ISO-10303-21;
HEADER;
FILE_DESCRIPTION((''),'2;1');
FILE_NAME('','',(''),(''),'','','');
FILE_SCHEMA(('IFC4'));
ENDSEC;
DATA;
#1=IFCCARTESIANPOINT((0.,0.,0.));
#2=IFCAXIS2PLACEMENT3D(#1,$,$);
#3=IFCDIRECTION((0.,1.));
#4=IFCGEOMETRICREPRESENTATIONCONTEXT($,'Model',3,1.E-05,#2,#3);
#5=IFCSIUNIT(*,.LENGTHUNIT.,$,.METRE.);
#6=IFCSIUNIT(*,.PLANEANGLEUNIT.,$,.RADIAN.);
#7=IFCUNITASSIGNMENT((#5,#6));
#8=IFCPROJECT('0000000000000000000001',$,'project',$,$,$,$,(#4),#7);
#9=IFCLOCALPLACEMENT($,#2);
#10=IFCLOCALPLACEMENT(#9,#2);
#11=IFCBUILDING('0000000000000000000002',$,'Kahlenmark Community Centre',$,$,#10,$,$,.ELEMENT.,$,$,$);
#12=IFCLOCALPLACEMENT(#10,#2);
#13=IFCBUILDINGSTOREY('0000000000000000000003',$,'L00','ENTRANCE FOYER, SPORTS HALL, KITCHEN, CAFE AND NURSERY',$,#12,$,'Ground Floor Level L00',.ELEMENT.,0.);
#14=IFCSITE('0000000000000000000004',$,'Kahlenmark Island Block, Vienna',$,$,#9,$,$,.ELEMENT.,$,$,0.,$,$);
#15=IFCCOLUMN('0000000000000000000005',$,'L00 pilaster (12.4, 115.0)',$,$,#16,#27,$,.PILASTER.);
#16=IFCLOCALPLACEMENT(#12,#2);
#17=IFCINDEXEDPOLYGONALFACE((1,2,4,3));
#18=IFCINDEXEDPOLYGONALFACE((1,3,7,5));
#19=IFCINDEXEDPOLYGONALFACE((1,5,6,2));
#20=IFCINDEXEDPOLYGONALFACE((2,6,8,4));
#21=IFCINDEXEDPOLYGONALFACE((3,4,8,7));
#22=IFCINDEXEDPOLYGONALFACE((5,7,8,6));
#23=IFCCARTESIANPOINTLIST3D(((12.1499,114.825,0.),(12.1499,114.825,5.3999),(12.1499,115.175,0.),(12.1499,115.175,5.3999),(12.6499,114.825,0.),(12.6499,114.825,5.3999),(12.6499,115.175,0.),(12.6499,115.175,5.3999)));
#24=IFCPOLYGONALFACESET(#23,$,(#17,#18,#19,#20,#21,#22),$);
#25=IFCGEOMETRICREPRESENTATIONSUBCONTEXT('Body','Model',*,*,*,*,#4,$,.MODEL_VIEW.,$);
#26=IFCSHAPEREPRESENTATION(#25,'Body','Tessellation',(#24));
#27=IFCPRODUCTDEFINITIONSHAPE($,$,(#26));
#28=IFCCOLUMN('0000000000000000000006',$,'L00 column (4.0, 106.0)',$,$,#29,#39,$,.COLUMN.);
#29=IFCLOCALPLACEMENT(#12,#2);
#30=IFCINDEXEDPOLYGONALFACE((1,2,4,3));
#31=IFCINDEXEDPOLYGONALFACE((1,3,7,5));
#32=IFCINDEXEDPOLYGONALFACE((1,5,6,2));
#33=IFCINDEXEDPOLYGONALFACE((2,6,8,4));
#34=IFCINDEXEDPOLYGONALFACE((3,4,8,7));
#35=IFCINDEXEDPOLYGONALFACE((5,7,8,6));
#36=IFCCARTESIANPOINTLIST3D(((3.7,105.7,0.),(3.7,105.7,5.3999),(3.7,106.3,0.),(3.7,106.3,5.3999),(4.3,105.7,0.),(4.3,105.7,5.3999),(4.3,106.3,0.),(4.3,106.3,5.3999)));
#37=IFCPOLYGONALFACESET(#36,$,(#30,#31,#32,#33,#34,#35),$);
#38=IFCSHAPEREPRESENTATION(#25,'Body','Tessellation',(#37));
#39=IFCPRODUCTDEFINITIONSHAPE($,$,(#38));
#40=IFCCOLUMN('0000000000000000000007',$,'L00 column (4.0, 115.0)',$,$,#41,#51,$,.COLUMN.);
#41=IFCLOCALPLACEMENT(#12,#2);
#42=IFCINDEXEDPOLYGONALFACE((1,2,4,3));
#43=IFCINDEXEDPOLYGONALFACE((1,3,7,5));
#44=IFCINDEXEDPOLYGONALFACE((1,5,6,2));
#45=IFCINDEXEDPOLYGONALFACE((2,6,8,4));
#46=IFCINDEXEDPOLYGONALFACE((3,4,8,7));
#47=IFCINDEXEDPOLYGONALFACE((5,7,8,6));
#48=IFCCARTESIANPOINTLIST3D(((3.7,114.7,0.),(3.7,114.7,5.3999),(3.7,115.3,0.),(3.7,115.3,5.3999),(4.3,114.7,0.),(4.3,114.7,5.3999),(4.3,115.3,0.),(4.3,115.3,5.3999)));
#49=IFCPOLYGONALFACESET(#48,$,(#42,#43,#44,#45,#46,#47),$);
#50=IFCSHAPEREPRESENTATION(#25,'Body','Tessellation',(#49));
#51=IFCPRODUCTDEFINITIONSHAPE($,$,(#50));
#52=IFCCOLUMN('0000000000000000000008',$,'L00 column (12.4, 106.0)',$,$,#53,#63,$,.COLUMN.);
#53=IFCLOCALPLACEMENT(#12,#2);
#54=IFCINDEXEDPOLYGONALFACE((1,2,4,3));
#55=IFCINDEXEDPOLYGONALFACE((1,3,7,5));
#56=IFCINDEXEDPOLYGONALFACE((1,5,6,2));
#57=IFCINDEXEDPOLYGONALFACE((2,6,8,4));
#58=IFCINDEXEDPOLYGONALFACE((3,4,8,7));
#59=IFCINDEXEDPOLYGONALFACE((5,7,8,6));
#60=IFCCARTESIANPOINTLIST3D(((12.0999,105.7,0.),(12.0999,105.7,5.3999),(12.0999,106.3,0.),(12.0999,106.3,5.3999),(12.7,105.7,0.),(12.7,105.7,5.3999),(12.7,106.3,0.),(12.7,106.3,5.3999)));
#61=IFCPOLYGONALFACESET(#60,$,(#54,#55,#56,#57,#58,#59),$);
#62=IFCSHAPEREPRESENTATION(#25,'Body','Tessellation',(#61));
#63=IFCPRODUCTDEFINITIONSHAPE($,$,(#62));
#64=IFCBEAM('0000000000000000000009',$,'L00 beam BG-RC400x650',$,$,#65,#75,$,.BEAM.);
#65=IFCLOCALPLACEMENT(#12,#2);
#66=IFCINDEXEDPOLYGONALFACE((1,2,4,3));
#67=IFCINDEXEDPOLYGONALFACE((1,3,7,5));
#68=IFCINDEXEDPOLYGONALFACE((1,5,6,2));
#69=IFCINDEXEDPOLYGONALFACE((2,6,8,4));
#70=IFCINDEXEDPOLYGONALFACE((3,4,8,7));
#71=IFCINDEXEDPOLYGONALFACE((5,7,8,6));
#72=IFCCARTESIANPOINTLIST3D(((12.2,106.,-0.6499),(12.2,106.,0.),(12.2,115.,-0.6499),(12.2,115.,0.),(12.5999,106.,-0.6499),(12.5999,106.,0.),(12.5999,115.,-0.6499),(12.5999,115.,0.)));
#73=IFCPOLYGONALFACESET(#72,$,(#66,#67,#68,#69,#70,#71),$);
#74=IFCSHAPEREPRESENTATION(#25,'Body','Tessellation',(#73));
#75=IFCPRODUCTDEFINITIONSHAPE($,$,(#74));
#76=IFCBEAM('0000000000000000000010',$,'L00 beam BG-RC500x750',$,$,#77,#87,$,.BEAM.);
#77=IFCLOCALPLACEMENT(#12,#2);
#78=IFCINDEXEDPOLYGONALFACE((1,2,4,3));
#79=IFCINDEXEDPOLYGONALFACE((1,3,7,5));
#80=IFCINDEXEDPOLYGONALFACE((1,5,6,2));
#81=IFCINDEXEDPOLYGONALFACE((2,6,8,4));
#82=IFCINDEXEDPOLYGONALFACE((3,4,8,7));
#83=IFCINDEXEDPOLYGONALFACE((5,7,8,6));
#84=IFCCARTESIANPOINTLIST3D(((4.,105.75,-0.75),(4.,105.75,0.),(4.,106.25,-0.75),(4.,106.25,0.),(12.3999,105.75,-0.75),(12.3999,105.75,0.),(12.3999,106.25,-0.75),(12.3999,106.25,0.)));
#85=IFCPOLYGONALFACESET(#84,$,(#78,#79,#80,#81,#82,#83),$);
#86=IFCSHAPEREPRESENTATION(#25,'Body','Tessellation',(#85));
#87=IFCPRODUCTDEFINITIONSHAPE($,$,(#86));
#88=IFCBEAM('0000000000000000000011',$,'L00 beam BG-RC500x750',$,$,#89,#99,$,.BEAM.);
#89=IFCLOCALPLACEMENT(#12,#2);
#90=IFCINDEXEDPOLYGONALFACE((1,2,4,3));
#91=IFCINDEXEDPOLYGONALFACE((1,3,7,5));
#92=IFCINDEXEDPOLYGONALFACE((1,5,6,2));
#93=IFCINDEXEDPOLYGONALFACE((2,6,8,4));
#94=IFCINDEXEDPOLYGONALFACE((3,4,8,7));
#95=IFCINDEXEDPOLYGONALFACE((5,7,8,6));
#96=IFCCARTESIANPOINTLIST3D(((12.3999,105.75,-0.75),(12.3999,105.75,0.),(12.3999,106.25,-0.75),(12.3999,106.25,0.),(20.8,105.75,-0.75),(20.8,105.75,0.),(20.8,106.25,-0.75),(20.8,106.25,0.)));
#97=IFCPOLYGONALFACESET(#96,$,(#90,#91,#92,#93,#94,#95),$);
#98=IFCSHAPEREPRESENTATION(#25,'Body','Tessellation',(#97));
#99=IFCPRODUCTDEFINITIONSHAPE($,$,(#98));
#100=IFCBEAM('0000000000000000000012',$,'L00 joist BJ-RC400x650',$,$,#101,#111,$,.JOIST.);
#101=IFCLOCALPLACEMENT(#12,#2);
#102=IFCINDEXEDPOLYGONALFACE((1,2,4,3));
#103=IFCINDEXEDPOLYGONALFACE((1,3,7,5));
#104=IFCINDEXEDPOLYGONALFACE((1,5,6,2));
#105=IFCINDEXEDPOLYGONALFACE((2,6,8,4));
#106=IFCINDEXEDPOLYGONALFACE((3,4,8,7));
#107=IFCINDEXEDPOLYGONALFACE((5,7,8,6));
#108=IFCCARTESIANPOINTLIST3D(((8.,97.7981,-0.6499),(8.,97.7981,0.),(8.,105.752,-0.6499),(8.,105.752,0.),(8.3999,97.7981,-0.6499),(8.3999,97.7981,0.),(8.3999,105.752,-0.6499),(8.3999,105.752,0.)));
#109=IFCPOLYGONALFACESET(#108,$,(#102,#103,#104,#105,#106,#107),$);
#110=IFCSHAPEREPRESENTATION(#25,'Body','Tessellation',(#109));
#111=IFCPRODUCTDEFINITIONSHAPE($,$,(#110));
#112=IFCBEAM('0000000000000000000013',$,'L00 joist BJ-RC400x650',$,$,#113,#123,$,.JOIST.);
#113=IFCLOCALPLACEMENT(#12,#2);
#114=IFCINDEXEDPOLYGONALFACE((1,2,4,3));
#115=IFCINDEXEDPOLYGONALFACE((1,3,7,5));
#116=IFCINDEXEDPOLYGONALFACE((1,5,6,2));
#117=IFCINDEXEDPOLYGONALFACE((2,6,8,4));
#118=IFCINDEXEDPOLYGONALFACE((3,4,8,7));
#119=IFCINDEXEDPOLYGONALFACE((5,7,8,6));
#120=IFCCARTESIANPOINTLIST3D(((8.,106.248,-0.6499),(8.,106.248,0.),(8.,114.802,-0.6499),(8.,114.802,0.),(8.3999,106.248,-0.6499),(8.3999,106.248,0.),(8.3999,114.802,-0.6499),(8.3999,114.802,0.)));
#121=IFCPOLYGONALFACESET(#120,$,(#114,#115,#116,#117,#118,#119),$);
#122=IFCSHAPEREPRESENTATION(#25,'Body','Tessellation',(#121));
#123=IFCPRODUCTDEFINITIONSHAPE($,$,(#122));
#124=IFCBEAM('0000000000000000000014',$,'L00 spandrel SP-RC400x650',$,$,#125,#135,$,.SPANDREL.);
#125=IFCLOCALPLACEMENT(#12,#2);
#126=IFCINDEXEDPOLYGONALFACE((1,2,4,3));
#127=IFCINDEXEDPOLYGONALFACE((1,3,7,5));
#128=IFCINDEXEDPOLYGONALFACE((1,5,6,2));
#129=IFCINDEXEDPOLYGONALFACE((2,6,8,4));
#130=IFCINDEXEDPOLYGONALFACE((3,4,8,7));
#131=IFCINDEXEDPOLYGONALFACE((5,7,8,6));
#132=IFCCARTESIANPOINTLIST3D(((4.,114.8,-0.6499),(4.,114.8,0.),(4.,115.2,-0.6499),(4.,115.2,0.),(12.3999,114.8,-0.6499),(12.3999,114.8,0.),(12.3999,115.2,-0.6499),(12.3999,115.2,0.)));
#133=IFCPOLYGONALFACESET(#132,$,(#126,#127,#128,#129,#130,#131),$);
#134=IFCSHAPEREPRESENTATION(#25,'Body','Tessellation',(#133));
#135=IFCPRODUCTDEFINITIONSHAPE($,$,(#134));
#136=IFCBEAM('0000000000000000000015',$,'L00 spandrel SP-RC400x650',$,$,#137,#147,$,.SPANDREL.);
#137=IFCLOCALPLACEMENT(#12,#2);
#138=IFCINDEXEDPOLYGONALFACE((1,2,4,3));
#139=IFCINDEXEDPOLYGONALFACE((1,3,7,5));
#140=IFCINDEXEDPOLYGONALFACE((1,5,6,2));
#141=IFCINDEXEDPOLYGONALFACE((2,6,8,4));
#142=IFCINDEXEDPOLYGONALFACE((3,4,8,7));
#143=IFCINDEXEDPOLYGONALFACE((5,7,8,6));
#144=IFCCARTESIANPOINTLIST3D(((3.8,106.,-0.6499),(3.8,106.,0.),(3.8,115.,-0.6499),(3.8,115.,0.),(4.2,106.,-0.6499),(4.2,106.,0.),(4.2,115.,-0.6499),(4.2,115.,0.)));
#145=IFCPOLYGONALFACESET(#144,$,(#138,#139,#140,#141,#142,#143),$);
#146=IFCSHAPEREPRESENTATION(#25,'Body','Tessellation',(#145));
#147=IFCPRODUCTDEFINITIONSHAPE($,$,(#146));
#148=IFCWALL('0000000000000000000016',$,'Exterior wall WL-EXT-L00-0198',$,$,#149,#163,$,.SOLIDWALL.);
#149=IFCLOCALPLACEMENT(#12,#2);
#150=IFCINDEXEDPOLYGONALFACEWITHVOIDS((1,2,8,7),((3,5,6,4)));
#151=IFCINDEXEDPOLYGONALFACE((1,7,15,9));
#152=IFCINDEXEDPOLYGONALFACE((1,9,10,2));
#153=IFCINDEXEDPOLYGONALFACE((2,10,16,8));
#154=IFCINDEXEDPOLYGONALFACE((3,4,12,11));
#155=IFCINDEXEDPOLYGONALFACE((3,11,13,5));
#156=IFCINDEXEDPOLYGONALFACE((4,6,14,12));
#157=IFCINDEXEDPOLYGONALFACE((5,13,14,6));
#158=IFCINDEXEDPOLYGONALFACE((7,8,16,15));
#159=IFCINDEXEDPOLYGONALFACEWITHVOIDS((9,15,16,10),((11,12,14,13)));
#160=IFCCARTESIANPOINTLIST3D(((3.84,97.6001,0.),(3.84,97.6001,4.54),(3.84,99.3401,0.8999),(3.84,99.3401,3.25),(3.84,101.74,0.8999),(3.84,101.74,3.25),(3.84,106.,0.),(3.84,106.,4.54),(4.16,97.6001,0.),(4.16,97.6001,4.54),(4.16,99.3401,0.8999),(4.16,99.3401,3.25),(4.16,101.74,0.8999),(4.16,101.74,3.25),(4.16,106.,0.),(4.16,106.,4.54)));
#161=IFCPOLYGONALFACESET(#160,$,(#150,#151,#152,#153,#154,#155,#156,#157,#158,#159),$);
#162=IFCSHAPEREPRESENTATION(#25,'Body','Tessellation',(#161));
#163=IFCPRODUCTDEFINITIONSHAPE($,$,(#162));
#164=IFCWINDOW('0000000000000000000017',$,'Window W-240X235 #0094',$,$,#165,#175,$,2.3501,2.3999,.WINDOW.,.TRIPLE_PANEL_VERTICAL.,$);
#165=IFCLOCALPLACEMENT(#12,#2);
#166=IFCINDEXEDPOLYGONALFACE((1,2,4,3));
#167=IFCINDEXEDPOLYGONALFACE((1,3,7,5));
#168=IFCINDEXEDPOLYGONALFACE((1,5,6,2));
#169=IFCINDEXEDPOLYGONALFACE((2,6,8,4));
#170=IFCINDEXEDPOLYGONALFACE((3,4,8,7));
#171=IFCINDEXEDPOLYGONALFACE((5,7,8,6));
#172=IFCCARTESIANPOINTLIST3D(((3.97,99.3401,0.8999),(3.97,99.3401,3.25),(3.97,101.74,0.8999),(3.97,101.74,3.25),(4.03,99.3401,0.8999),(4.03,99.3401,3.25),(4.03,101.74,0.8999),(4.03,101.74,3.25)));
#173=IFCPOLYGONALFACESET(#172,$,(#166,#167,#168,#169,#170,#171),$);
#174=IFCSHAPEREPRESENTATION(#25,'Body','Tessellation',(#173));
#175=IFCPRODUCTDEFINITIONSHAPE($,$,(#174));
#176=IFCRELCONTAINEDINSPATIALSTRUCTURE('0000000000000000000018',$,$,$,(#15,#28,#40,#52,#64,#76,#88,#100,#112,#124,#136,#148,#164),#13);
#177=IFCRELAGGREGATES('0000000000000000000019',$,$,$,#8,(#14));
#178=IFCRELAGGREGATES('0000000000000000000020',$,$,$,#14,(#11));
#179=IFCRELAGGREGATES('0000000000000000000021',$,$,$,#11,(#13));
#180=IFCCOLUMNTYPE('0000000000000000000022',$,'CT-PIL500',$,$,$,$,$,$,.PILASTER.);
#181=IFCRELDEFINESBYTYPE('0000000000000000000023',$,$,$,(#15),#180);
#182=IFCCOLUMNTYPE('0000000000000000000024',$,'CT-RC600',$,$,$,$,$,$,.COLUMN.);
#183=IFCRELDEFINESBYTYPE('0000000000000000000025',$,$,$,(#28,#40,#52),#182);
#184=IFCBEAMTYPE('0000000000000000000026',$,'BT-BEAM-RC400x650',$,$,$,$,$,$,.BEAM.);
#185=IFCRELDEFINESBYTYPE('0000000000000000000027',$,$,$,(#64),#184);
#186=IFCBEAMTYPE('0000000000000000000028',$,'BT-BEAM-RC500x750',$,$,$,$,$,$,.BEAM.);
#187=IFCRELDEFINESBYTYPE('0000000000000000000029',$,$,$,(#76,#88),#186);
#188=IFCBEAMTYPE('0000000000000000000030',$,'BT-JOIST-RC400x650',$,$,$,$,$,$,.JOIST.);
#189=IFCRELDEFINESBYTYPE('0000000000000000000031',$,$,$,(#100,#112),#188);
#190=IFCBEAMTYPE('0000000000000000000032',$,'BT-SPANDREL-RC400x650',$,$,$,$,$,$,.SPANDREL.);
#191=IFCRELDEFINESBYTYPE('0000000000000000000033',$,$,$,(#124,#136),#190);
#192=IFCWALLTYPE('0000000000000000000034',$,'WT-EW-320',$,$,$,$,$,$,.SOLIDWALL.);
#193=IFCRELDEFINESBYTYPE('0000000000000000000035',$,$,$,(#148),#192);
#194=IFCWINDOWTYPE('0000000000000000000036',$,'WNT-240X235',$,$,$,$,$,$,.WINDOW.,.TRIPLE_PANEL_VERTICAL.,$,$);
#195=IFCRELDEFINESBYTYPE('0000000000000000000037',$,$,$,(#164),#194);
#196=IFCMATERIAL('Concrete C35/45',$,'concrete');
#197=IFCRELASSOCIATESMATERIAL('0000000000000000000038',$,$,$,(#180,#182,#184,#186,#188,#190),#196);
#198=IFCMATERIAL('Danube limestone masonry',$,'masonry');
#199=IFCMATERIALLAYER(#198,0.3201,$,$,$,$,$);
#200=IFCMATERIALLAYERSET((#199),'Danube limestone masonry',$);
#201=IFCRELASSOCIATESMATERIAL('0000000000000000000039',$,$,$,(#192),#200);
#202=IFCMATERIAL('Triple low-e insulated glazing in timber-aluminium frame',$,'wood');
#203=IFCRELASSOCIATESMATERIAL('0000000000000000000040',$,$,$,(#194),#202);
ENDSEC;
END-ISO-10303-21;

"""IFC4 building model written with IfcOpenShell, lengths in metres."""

from ifc_helpers import new_model, si_unit, direction, frame, frame_2d, origin, origin_2d, place, context, subcontext, project, spatial, rectangle, extrude, material, layer, layer_set, material_profile, profile_set, type_object, element, fill, save


model = new_model("IFC4")

# Units and contexts
model_context = context("Model", 3, precision=1e-05, world=origin(), true_north=direction((0.0, 1.0)))
body_context = subcontext(model_context, "Body", "Model", "MODEL_VIEW")
ifc_project = project(units=[si_unit("LENGTHUNIT", "METRE"), si_unit("PLANEANGLEUNIT", "RADIAN")], contexts=[model_context])

# Site, building, storey
site_placement = place(None, origin())
site = spatial("IfcSite", under=ifc_project, at=site_placement, Name="Kahlenmark Island Block, Vienna", CompositionType="ELEMENT", RefElevation=0.0)
building_placement = place(site_placement, origin())
building = spatial("IfcBuilding", under=site, at=building_placement, Name="Kahlenmark Community Centre", CompositionType="ELEMENT")
storey_placement = place(building_placement, origin())
storey = spatial("IfcBuildingStorey", under=building, at=storey_placement, Name="L00", Description="ENTRANCE FOYER, SPORTS HALL, KITCHEN, CAFE AND NURSERY", LongName="Ground Floor Level L00", CompositionType="ELEMENT", Elevation=0.0)

# Columns
ifc_material_1 = material(Name="Concrete C35/45", Category="concrete")
ifc_material_profile_1 = material_profile(ifc_material_1, rectangle(XDim=0.5, YDim=0.3501, at=origin_2d()), Name="RC 500x350")
ifc_profile_set_1 = profile_set([ifc_material_profile_1], Name="Concrete C35/45")
column_type_1 = type_object("IfcColumnType", Name="CT-PIL500", PredefinedType="PILASTER", material=ifc_profile_set_1)
column_placement = place(storey_placement, frame((12.3999, 115.0, 0.0), z_axis=(0.0, 0.0, 1.0), x_axis=(1.0, 0.0, 0.0)))
element("IfcColumn", 1, at=column_placement, inside=storey, type_object=column_type_1, Name="L00 pilaster (12.4, 115.0)", PredefinedType="PILASTER", context=body_context, shape_type="SweptSolid", body=[
    extrude(rectangle(XDim=0.5, YDim=0.3501, at=origin_2d()), origin(), (0.0, 0.0, 1.0), 5.3999),
])
ifc_material_profile_2 = material_profile(ifc_material_1, rectangle(XDim=0.6001, YDim=0.6001, at=origin_2d()), Name="RC 600x600")
ifc_profile_set_2 = profile_set([ifc_material_profile_2], Name="Concrete C35/45")
column_type_2 = type_object("IfcColumnType", Name="CT-RC600", PredefinedType="COLUMN", material=ifc_profile_set_2)
for number, where, z_axis, x_axis, name in (
    (2, (4.0, 106.0, 0.0), (0.0, 0.0, 1.0), (1.0, 0.0, 0.0), "L00 column (4.0, 106.0)"),
    (3, (4.0, 115.0, 0.0), (0.0, 0.0, 1.0), (1.0, 0.0, 0.0), "L00 column (4.0, 115.0)"),
    (4, (12.3999, 106.0, 0.0), (0.0, 0.0, 1.0), (1.0, 0.0, 0.0), "L00 column (12.4, 106.0)"),
):
    element("IfcColumn", number, at=place(storey_placement, frame(where, z_axis=z_axis, x_axis=x_axis)), inside=storey, type_object=column_type_2, Name=name, PredefinedType="COLUMN", context=body_context, shape_type="SweptSolid", body=[
        extrude(rectangle(XDim=0.6001, YDim=0.6001, at=origin_2d()), origin(), (0.0, 0.0, 1.0), 5.3999),
    ])

# Beams
ifc_material_profile_3 = material_profile(ifc_material_1, rectangle(XDim=0.3999, YDim=0.6499, at=origin_2d()), Name="RC 400x650")
ifc_profile_set_3 = profile_set([ifc_material_profile_3], Name="Concrete C35/45")
beam_type_1 = type_object("IfcBeamType", Name="BT-BEAM-RC400x650", PredefinedType="BEAM", material=ifc_profile_set_3)
beam_1_placement = place(storey_placement, frame((12.3999, 106.0, -0.325), z_axis=(0.0, 1.0, 0.0), x_axis=(-1.0, 0.0, 0.0)))
element("IfcBeam", 5, at=beam_1_placement, inside=storey, type_object=beam_type_1, Name="L00 beam BG-RC400x650", PredefinedType="BEAM", context=body_context, shape_type="SweptSolid", body=[
    extrude(rectangle(XDim=0.3999, YDim=0.6499, at=origin_2d()), origin(), (0.0, 0.0, 1.0), 9.0),
])
ifc_material_profile_4 = material_profile(ifc_material_1, rectangle(XDim=0.5, YDim=0.75, at=origin_2d()), Name="RC 500x750")
ifc_profile_set_4 = profile_set([ifc_material_profile_4], Name="Concrete C35/45")
beam_type_2 = type_object("IfcBeamType", Name="BT-BEAM-RC500x750", PredefinedType="BEAM", material=ifc_profile_set_4)
beam_2_placement = place(storey_placement, frame((4.0, 106.0, -0.375), z_axis=(1.0, 0.0, 0.0), x_axis=(0.0, 1.0, 0.0)))
element("IfcBeam", 6, at=beam_2_placement, inside=storey, type_object=beam_type_2, Name="L00 beam BG-RC500x750", PredefinedType="BEAM", context=body_context, shape_type="SweptSolid", body=[
    extrude(rectangle(XDim=0.5, YDim=0.75, at=origin_2d()), origin(), (0.0, 0.0, 1.0), 8.3999),
])
beam_3_placement = place(storey_placement, frame((12.3999, 106.0, -0.375), z_axis=(1.0, 0.0, 0.0), x_axis=(0.0, 1.0, 0.0)))
element("IfcBeam", 7, at=beam_3_placement, inside=storey, type_object=beam_type_2, Name="L00 beam BG-RC500x750", PredefinedType="BEAM", context=body_context, shape_type="SweptSolid", body=[
    extrude(rectangle(XDim=0.5, YDim=0.75, at=origin_2d()), origin(), (0.0, 0.0, 1.0), 8.4001),
])
ifc_material_profile_5 = material_profile(ifc_material_1, rectangle(XDim=0.3999, YDim=0.6499, at=origin_2d()), Name="RC 400x650")
ifc_profile_set_5 = profile_set([ifc_material_profile_5], Name="Concrete C35/45")
beam_type_3 = type_object("IfcBeamType", Name="BT-JOIST-RC400x650", PredefinedType="JOIST", material=ifc_profile_set_5)
beam_4_placement = place(storey_placement, frame((8.2, 97.7981, -0.325), z_axis=(0.0, 1.0, 0.0), x_axis=(-1.0, 0.0, 0.0)))
element("IfcBeam", 8, at=beam_4_placement, inside=storey, type_object=beam_type_3, Name="L00 joist BJ-RC400x650", PredefinedType="JOIST", context=body_context, shape_type="SweptSolid", body=[
    extrude(rectangle(XDim=0.3999, YDim=0.6499, at=origin_2d()), origin(), (0.0, 0.0, 1.0), 7.9539),
])
beam_5_placement = place(storey_placement, frame((8.2, 106.248, -0.325), z_axis=(0.0, 1.0, 0.0), x_axis=(-1.0, 0.0, 0.0)))
element("IfcBeam", 9, at=beam_5_placement, inside=storey, type_object=beam_type_3, Name="L00 joist BJ-RC400x650", PredefinedType="JOIST", context=body_context, shape_type="SweptSolid", body=[
    extrude(rectangle(XDim=0.3999, YDim=0.6499, at=origin_2d()), origin(), (0.0, 0.0, 1.0), 8.554),
])
ifc_material_profile_6 = material_profile(ifc_material_1, rectangle(XDim=0.3999, YDim=0.6499, at=origin_2d()), Name="RC 400x650")
ifc_profile_set_6 = profile_set([ifc_material_profile_6], Name="Concrete C35/45")
beam_type_4 = type_object("IfcBeamType", Name="BT-SPANDREL-RC400x650", PredefinedType="SPANDREL", material=ifc_profile_set_6)
beam_6_placement = place(storey_placement, frame((4.0, 115.0, -0.325), z_axis=(1.0, 0.0, 0.0), x_axis=(0.0, 1.0, 0.0)))
element("IfcBeam", 10, at=beam_6_placement, inside=storey, type_object=beam_type_4, Name="L00 spandrel SP-RC400x650", PredefinedType="SPANDREL", context=body_context, shape_type="SweptSolid", body=[
    extrude(rectangle(XDim=0.3999, YDim=0.6499, at=origin_2d()), origin(), (0.0, 0.0, 1.0), 8.3999),
])
beam_7_placement = place(storey_placement, frame((4.0, 106.0, -0.325), z_axis=(0.0, 1.0, 0.0), x_axis=(-1.0, 0.0, 0.0)))
element("IfcBeam", 11, at=beam_7_placement, inside=storey, type_object=beam_type_4, Name="L00 spandrel SP-RC400x650", PredefinedType="SPANDREL", context=body_context, shape_type="SweptSolid", body=[
    extrude(rectangle(XDim=0.3999, YDim=0.6499, at=origin_2d()), origin(), (0.0, 0.0, 1.0), 9.0),
])

# Wall, opening, window
ifc_material_2 = material(Name="Danube limestone masonry", Category="masonry")
ifc_layer_1 = layer(ifc_material_2, 0.3201)
ifc_layer_set_1 = layer_set([ifc_layer_1], Name="Danube limestone masonry")
wall_type_1 = type_object("IfcWallType", Name="WT-EW-320", PredefinedType="SOLIDWALL", material=ifc_layer_set_1)
wall_1_placement = place(storey_placement, frame((4.0, 106.0, 0.0), z_axis=(0.0, 0.0, 1.0), x_axis=(0.0, -1.0, 0.0)))
wall_1 = element("IfcWall", 12, at=wall_1_placement, inside=storey, type_object=wall_type_1, Name="Exterior wall WL-EXT-L00-0198", PredefinedType="SOLIDWALL", context=body_context, shape_type="SweptSolid", body=[
    extrude(rectangle(XDim=8.3999, YDim=0.3201, at=frame_2d((4.2, 0.0))), origin(), (0.0, 0.0, 1.0), 4.54),
])
opening_1_placement = place(wall_1_placement, frame((4.26, 0.0, 0.8999)))
opening_1 = element("IfcOpeningElement", 13, at=opening_1_placement, cuts=wall_1, PredefinedType="OPENING", context=body_context, shape_type="SweptSolid", body=[
    extrude(rectangle(XDim=2.3999, YDim=2.3501, at=frame_2d((1.2, 1.175))), frame((0.0, 0.1699, 0.0), z_axis=(0.0, -1.0, 0.0), x_axis=(1.0, 0.0, 0.0)), (0.0, 0.0, 1.0), 0.3401),
])
ifc_material_3 = material(Name="Triple low-e insulated glazing in timber-aluminium frame", Category="wood")
window_type = type_object("IfcWindowType", Name="WNT-240X235", PartitioningType="TRIPLE_PANEL_VERTICAL", PredefinedType="WINDOW", material=ifc_material_3)
window_1_placement = place(opening_1_placement, origin())
window_1 = element("IfcWindow", 14, at=window_1_placement, inside=storey, type_object=window_type, Name="Window W-240X235 #0094", OverallHeight=2.3501, OverallWidth=2.3999, PartitioningType="TRIPLE_PANEL_VERTICAL", PredefinedType="WINDOW", context=body_context, shape_type="SweptSolid", body=[
    extrude(rectangle(XDim=2.3999, YDim=2.3501, at=frame_2d((1.2, 1.175))), frame((0.0, 0.03, 0.0), z_axis=(0.0, -1.0, 0.0), x_axis=(1.0, 0.0, 0.0)), (0.0, 0.0, 1.0), 0.0601),
])
fill(opening_1, window_1)

save(model, "model.ifc")
